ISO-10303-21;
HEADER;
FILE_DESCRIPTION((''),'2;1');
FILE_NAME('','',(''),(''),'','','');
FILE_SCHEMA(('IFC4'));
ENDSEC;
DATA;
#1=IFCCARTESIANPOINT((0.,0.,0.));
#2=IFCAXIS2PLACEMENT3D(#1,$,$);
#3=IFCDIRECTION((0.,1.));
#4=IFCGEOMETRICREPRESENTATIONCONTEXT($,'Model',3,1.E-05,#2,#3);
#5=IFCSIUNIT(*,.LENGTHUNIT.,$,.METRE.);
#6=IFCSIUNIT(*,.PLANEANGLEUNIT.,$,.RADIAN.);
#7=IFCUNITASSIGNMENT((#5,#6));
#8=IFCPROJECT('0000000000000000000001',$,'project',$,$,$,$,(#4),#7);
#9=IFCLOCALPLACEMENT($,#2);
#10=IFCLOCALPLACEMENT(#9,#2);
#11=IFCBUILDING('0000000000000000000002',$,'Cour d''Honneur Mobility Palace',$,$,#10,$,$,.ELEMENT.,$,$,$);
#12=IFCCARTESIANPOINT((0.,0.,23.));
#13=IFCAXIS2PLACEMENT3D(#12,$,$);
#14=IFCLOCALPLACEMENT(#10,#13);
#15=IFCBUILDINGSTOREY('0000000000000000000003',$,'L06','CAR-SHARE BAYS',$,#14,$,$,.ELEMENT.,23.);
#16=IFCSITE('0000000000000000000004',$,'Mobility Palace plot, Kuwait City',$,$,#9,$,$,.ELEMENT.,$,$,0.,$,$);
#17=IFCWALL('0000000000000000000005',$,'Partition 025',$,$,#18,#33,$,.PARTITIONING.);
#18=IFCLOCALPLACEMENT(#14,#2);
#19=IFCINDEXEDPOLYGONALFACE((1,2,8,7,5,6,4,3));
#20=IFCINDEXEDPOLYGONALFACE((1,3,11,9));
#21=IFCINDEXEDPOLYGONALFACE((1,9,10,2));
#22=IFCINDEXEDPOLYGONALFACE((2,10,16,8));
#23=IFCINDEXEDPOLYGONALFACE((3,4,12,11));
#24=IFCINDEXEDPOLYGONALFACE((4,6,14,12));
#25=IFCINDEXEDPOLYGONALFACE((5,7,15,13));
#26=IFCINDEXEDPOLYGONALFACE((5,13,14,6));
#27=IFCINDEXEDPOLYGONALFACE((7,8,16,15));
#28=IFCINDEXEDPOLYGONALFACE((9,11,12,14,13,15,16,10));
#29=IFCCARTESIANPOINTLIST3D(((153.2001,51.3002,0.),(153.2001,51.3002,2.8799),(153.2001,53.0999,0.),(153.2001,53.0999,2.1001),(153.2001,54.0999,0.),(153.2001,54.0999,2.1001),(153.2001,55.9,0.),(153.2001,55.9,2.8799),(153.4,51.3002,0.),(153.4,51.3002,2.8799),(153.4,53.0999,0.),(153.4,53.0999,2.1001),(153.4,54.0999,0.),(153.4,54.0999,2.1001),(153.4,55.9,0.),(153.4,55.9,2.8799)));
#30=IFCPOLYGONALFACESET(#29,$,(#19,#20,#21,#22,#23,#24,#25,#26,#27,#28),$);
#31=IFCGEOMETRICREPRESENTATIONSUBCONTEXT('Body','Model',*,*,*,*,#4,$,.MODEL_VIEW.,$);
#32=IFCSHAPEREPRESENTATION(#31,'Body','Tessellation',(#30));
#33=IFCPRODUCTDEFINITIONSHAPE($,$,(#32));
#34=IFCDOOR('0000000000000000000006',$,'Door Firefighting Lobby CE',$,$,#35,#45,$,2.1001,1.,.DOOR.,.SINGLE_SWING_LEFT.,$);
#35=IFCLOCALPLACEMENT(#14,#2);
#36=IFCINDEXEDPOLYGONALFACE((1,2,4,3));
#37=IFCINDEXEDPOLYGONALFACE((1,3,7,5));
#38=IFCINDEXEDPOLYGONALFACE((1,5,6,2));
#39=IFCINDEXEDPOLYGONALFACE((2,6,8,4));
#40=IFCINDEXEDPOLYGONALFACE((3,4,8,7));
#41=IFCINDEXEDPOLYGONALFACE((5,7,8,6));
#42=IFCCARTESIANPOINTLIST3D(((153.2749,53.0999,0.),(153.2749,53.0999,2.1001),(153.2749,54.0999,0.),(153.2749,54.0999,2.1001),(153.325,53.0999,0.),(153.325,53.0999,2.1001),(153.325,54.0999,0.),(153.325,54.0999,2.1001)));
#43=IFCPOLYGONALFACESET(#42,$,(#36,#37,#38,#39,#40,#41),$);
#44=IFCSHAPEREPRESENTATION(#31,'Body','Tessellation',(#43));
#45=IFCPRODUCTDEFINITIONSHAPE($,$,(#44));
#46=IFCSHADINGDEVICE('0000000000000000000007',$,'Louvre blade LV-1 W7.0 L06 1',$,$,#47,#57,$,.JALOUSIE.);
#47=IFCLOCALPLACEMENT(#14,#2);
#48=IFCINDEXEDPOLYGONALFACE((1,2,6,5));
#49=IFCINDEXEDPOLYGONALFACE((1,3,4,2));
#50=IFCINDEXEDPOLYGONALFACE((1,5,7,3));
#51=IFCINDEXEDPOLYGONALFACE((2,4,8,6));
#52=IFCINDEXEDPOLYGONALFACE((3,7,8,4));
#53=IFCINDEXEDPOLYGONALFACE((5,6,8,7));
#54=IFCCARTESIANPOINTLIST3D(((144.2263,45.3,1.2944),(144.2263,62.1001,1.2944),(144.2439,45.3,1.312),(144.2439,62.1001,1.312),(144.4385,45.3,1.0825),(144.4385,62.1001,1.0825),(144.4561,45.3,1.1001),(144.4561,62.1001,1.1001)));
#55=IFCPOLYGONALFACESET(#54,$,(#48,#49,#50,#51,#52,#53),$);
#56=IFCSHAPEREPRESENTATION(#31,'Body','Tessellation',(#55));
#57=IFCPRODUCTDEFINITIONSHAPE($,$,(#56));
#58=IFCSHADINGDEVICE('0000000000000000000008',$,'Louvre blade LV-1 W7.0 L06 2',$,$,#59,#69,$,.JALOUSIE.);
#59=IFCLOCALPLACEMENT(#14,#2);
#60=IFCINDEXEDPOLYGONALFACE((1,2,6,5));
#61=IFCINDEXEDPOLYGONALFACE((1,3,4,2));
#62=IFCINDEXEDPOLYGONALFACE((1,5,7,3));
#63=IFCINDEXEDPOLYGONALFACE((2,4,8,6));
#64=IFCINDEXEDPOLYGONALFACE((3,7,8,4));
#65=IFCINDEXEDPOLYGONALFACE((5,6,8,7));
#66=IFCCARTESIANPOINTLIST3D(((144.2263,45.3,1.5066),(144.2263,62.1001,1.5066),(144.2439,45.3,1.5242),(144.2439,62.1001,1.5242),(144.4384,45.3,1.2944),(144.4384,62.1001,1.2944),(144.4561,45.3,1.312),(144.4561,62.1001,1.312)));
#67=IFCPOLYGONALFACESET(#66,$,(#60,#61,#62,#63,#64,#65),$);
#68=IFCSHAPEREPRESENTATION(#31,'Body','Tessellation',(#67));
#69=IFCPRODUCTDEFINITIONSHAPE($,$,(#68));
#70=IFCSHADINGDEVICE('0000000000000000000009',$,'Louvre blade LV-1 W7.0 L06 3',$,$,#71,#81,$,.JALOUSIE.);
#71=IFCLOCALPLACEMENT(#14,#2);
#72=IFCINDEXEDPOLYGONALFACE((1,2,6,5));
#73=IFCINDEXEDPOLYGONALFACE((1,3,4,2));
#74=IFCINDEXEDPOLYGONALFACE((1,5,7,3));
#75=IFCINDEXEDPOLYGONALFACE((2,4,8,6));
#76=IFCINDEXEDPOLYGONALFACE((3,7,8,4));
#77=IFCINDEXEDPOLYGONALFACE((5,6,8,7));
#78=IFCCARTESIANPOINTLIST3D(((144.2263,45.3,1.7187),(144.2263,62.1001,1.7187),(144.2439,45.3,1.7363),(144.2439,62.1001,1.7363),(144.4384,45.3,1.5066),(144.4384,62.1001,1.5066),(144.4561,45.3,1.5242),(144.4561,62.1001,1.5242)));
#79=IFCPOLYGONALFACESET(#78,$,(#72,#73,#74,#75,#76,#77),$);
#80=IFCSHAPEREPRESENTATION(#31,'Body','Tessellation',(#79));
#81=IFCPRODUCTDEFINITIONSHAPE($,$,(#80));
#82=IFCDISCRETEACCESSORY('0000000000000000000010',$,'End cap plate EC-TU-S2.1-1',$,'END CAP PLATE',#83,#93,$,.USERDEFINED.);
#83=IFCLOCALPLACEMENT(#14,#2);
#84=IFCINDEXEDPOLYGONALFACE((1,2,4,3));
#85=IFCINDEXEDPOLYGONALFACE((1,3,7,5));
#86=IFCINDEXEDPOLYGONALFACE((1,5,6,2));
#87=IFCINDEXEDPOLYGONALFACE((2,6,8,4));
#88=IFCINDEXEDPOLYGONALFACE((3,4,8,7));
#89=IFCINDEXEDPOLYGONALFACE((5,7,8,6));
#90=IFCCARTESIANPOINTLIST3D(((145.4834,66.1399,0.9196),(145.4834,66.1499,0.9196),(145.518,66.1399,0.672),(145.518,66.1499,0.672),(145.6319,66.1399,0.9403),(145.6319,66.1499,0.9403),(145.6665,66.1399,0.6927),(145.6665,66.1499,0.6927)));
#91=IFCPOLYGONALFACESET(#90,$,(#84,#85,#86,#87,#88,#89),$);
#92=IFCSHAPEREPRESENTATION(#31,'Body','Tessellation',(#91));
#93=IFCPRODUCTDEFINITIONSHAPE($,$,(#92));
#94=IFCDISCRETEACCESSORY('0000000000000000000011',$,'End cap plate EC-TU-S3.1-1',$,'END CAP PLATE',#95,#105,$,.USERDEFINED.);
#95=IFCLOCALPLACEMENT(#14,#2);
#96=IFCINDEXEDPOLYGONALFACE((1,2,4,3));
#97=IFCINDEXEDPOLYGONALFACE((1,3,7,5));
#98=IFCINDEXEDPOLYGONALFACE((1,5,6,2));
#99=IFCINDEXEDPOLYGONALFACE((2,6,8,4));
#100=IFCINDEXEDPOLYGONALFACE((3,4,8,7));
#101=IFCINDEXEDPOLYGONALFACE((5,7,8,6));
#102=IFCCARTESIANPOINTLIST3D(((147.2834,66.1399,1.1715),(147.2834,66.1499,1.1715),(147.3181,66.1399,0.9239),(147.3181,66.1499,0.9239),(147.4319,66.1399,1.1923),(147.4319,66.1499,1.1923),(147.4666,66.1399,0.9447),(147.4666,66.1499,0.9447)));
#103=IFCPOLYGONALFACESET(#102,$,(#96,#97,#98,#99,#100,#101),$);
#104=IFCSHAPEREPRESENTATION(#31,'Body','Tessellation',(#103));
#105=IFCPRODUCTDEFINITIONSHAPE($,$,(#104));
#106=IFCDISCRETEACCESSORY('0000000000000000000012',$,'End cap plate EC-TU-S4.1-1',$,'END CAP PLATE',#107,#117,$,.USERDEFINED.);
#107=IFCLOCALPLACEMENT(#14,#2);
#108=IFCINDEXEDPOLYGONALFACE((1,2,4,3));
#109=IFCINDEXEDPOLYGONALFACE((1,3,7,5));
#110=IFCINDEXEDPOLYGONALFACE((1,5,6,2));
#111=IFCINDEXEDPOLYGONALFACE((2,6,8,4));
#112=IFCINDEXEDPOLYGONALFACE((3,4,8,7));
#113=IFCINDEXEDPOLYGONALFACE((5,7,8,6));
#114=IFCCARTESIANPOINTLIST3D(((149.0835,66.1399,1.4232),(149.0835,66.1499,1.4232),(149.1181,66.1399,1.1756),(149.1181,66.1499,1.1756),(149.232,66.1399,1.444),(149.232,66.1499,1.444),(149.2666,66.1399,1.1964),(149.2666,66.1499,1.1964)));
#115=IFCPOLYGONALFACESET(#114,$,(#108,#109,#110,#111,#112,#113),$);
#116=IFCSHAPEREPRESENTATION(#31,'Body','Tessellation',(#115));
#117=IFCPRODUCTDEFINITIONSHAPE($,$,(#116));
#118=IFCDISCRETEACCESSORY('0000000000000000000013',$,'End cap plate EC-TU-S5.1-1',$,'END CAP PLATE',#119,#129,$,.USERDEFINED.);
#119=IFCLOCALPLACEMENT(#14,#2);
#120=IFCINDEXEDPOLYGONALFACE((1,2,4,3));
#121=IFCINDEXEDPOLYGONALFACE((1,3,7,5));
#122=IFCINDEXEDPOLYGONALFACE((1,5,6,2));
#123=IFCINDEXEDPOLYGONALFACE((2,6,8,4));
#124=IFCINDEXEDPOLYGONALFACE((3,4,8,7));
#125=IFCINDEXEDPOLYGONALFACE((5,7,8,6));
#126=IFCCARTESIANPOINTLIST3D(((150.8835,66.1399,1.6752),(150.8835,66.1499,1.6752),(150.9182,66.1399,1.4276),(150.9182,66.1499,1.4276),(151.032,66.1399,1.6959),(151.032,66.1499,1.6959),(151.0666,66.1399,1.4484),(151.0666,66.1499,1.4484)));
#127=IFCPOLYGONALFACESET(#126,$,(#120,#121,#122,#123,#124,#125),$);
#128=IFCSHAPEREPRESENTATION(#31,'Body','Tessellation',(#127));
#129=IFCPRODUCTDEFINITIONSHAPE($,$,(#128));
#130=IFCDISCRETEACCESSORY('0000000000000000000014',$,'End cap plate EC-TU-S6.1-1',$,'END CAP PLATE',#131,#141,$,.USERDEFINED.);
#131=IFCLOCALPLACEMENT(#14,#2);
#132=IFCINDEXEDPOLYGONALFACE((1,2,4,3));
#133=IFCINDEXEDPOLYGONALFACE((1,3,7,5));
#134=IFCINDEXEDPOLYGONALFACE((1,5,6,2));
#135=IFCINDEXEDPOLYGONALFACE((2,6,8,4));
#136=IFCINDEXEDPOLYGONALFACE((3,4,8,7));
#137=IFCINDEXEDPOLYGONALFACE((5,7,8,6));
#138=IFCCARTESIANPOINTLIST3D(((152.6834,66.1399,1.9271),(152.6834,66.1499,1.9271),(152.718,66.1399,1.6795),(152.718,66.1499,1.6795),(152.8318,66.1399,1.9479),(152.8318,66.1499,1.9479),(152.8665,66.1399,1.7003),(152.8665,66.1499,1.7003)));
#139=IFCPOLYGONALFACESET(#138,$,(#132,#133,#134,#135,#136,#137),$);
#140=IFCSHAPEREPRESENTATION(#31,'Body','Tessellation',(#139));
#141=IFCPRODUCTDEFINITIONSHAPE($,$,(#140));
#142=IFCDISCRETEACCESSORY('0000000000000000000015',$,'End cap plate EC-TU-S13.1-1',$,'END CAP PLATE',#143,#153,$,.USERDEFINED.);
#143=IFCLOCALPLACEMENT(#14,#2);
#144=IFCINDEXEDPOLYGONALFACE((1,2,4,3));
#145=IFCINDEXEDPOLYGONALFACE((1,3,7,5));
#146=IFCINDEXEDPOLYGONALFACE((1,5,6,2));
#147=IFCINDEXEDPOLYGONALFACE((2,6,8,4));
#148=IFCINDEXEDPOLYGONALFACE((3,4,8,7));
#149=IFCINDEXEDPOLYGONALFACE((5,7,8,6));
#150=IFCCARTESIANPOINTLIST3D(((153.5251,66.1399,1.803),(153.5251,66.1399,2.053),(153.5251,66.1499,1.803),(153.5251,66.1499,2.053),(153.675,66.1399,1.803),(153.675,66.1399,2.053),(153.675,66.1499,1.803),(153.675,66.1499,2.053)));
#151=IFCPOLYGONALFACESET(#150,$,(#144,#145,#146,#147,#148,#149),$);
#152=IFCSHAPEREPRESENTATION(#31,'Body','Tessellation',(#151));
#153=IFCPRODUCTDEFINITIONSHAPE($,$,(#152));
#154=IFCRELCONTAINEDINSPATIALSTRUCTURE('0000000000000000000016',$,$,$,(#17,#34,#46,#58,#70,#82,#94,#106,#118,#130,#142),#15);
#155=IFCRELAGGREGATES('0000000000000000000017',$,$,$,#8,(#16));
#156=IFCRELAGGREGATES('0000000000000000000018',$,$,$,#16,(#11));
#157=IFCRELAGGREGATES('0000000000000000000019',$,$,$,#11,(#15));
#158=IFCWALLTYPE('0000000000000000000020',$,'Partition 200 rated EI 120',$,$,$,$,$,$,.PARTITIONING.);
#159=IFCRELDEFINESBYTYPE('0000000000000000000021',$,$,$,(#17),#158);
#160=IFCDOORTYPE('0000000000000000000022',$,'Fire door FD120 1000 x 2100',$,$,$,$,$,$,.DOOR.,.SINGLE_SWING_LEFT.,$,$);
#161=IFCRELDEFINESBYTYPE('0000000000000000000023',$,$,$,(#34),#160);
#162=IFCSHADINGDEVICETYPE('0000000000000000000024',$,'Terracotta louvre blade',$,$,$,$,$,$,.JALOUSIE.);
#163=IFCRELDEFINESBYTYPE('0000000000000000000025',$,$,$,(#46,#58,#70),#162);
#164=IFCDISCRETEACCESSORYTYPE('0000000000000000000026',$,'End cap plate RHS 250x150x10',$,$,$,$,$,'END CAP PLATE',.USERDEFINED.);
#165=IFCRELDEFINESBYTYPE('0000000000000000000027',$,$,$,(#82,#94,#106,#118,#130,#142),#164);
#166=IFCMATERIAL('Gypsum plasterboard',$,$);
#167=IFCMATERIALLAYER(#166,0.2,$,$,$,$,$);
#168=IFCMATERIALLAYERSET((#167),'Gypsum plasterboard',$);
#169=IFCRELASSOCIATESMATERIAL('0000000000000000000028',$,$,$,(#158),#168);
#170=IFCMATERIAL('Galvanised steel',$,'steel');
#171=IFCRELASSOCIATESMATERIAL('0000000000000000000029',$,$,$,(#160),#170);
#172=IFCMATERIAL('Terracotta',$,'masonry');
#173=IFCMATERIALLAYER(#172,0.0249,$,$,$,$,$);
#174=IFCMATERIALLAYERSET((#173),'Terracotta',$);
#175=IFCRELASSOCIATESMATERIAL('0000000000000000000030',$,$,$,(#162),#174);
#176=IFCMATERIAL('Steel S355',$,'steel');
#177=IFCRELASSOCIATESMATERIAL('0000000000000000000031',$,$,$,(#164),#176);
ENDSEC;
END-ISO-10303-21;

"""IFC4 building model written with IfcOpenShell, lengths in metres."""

from ifc_helpers import new_model, si_unit, direction, frame, frame_2d, origin, origin_2d, place, context, subcontext, project, spatial, polyline, rectangle, outline, extrude, material, layer, layer_set, material_profile, profile_set, type_object, element, fill, save


model = new_model("IFC4")

# Units and contexts
model_context = context("Model", 3, precision=1e-05, world=origin(), true_north=direction((0.0, 1.0)))
body_context = subcontext(model_context, "Body", "Model", "MODEL_VIEW")
ifc_project = project(units=[si_unit("LENGTHUNIT", "METRE"), si_unit("PLANEANGLEUNIT", "RADIAN")], contexts=[model_context])

# Site, building, storey
site_placement = place(None, origin())
site = spatial("IfcSite", under=ifc_project, at=site_placement, Name="Mobility Palace plot, Kuwait City", CompositionType="ELEMENT", RefElevation=0.0)
building_placement = place(site_placement, origin())
building = spatial("IfcBuilding", under=site, at=building_placement, Name="Cour d'Honneur Mobility Palace", CompositionType="ELEMENT")
storey_placement = place(building_placement, frame((0.0, 0.0, 23.0)))
storey = spatial("IfcBuildingStorey", under=building, at=storey_placement, Name="L06", Description="CAR-SHARE BAYS", CompositionType="ELEMENT", Elevation=23.0)

# Wall, opening, door
ifc_material_1 = material(Name="Gypsum plasterboard")
ifc_layer_1 = layer(ifc_material_1, 0.2)
ifc_layer_set_1 = layer_set([ifc_layer_1], Name="Gypsum plasterboard")
wall_type = type_object("IfcWallType", Name="Partition 200 rated EI 120", PredefinedType="PARTITIONING", material=ifc_layer_set_1)
wall_placement = place(storey_placement, frame((153.3, 55.8999, 0.0), z_axis=(0.0, 0.0, 1.0), x_axis=(0.0, -1.0, 0.0)))
wall = element("IfcWall", 1, at=wall_placement, inside=storey, type_object=wall_type, Name="Partition 025", PredefinedType="PARTITIONING", context=body_context, shape_type="SweptSolid", body=[
    extrude(rectangle(XDim=4.5999, YDim=0.2, at=frame_2d((2.2998, 0.0))), origin(), (0.0, 0.0, 1.0), 2.8799),
])
opening_placement = place(wall_placement, frame((1.8, 0.0, 0.0)))
opening = element("IfcOpeningElement", 2, at=opening_placement, cuts=wall, PredefinedType="OPENING", context=body_context, shape_type="SweptSolid", body=[
    extrude(rectangle(XDim=1.0, YDim=2.1001, at=frame_2d((0.5, 1.05))), frame((0.0, 0.1099, 0.0), z_axis=(0.0, -1.0, 0.0), x_axis=(1.0, 0.0, 0.0)), (0.0, 0.0, 1.0), 0.22),
])
ifc_material_2 = material(Name="Galvanised steel", Category="steel")
door_type = type_object("IfcDoorType", Name="Fire door FD120 1000 x 2100", OperationType="SINGLE_SWING_LEFT", PredefinedType="DOOR", material=ifc_material_2)
door_placement = place(opening_placement, origin())
door = element("IfcDoor", 3, at=door_placement, inside=storey, type_object=door_type, Name="Door Firefighting Lobby CE", OperationType="SINGLE_SWING_LEFT", OverallHeight=2.1001, OverallWidth=1.0, PredefinedType="DOOR", context=body_context, shape_type="SweptSolid", body=[
    extrude(rectangle(XDim=1.0, YDim=2.1001, at=frame_2d((0.5, 1.05))), frame((0.0, 0.0249, 0.0), z_axis=(0.0, -1.0, 0.0), x_axis=(1.0, 0.0, 0.0)), (0.0, 0.0, 1.0), 0.05),
])
fill(opening, door)

# Shading devices
ifc_material_3 = material(Name="Terracotta", Category="masonry")
ifc_layer_2 = layer(ifc_material_3, 0.0249)
ifc_layer_set_2 = layer_set([ifc_layer_2], Name="Terracotta")
shading_device_type = type_object("IfcShadingDeviceType", Name="Terracotta louvre blade", PredefinedType="JALOUSIE", material=ifc_layer_set_2)
shading_device_placement = place(storey_placement, frame((144.4561, 62.1001, 1.1001), z_axis=(0.7067, 0.0, 0.707514), x_axis=(0.0, -1.0, 0.0)))
element("IfcShadingDevice", 4, at=shading_device_placement, inside=storey, type_object=shading_device_type, Name="Louvre blade LV-1 W7.0 L06 1", PredefinedType="JALOUSIE", context=body_context, shape_type="SweptSolid", body=[
    extrude(outline(polyline([(0.0, 0.0), (16.8, 0.0), (16.8, -0.2999), (0.0, -0.2999), (0.0, 0.0)])), origin(), (0.0, 0.0, -1.0), 0.0249),
])
for number, where, z_axis, x_axis, name in (
    (5, (144.4561, 62.1001, 1.312), (0.707107, 0.0, 0.707107), (0.0, -1.0, 0.0), "Louvre blade LV-1 W7.0 L06 2"),
    (6, (144.4561, 62.1001, 1.5242), (0.707107, 0.0, 0.707107), (0.0, -1.0, 0.0), "Louvre blade LV-1 W7.0 L06 3"),
):
    element("IfcShadingDevice", number, at=place(storey_placement, frame(where, z_axis=z_axis, x_axis=x_axis)), inside=storey, type_object=shading_device_type, Name=name, PredefinedType="JALOUSIE", context=body_context, shape_type="SweptSolid", body=[
        extrude(outline(polyline([(0.0, 0.0), (16.8, 0.0), (16.8, -0.3), (0.0, -0.3), (0.0, 0.0)])), origin(), (0.0, 0.0, -1.0), 0.0249),
    ])

# Discrete accessories
ifc_material_4 = material(Name="Steel S355", Category="steel")
ifc_material_profile_1 = material_profile(ifc_material_4, rectangle(XDim=0.1499, YDim=0.25, at=origin_2d()), Name="PL 250x150x10")
ifc_profile_set_1 = profile_set([ifc_material_profile_1], Name="Steel S355")
discrete_accessory_type = type_object("IfcDiscreteAccessoryType", Name="End cap plate RHS 250x150x10", ElementType="END CAP PLATE", PredefinedType="USERDEFINED", material=ifc_profile_set_1)
for number, where, z_axis, x_axis, name in (
    (7, (145.575, 66.1399, 0.8062), (0.0, 1.0, 0.0), (-0.99035, 0.0, -0.138591), "End cap plate EC-TU-S2.1-1"),
    (8, (147.375, 66.1399, 1.0581), (0.0, 1.0, 0.0), (-0.99035, 0.0, -0.138591), "End cap plate EC-TU-S3.1-1"),
    (9, (149.175, 66.1399, 1.3098), (0.0, 1.0, 0.0), (-0.99035, 0.0, -0.138591), "End cap plate EC-TU-S4.1-1"),
    (10, (150.9751, 66.1399, 1.5618), (0.0, 1.0, 0.0), (-0.99035, 0.0, -0.138591), "End cap plate EC-TU-S5.1-1"),
    (11, (152.7749, 66.1399, 1.8137), (0.0, 1.0, 0.0), (-0.99035, 0.0, -0.138591), "End cap plate EC-TU-S6.1-1"),
    (12, (153.6001, 66.1399, 1.928), (0.0, 1.0, 0.0), (-1.0, 0.0, 0.0), "End cap plate EC-TU-S13.1-1"),
):
    element("IfcDiscreteAccessory", number, at=place(storey_placement, frame(where, z_axis=z_axis, x_axis=x_axis)), inside=storey, type_object=discrete_accessory_type, Name=name, ObjectType="END CAP PLATE", PredefinedType="USERDEFINED", context=body_context, shape_type="SweptSolid", body=[
        extrude(rectangle(XDim=0.1499, YDim=0.25, at=origin_2d()), origin(), (0.0, 0.0, 1.0), 0.01),
    ])

save(model, "model.ifc")
